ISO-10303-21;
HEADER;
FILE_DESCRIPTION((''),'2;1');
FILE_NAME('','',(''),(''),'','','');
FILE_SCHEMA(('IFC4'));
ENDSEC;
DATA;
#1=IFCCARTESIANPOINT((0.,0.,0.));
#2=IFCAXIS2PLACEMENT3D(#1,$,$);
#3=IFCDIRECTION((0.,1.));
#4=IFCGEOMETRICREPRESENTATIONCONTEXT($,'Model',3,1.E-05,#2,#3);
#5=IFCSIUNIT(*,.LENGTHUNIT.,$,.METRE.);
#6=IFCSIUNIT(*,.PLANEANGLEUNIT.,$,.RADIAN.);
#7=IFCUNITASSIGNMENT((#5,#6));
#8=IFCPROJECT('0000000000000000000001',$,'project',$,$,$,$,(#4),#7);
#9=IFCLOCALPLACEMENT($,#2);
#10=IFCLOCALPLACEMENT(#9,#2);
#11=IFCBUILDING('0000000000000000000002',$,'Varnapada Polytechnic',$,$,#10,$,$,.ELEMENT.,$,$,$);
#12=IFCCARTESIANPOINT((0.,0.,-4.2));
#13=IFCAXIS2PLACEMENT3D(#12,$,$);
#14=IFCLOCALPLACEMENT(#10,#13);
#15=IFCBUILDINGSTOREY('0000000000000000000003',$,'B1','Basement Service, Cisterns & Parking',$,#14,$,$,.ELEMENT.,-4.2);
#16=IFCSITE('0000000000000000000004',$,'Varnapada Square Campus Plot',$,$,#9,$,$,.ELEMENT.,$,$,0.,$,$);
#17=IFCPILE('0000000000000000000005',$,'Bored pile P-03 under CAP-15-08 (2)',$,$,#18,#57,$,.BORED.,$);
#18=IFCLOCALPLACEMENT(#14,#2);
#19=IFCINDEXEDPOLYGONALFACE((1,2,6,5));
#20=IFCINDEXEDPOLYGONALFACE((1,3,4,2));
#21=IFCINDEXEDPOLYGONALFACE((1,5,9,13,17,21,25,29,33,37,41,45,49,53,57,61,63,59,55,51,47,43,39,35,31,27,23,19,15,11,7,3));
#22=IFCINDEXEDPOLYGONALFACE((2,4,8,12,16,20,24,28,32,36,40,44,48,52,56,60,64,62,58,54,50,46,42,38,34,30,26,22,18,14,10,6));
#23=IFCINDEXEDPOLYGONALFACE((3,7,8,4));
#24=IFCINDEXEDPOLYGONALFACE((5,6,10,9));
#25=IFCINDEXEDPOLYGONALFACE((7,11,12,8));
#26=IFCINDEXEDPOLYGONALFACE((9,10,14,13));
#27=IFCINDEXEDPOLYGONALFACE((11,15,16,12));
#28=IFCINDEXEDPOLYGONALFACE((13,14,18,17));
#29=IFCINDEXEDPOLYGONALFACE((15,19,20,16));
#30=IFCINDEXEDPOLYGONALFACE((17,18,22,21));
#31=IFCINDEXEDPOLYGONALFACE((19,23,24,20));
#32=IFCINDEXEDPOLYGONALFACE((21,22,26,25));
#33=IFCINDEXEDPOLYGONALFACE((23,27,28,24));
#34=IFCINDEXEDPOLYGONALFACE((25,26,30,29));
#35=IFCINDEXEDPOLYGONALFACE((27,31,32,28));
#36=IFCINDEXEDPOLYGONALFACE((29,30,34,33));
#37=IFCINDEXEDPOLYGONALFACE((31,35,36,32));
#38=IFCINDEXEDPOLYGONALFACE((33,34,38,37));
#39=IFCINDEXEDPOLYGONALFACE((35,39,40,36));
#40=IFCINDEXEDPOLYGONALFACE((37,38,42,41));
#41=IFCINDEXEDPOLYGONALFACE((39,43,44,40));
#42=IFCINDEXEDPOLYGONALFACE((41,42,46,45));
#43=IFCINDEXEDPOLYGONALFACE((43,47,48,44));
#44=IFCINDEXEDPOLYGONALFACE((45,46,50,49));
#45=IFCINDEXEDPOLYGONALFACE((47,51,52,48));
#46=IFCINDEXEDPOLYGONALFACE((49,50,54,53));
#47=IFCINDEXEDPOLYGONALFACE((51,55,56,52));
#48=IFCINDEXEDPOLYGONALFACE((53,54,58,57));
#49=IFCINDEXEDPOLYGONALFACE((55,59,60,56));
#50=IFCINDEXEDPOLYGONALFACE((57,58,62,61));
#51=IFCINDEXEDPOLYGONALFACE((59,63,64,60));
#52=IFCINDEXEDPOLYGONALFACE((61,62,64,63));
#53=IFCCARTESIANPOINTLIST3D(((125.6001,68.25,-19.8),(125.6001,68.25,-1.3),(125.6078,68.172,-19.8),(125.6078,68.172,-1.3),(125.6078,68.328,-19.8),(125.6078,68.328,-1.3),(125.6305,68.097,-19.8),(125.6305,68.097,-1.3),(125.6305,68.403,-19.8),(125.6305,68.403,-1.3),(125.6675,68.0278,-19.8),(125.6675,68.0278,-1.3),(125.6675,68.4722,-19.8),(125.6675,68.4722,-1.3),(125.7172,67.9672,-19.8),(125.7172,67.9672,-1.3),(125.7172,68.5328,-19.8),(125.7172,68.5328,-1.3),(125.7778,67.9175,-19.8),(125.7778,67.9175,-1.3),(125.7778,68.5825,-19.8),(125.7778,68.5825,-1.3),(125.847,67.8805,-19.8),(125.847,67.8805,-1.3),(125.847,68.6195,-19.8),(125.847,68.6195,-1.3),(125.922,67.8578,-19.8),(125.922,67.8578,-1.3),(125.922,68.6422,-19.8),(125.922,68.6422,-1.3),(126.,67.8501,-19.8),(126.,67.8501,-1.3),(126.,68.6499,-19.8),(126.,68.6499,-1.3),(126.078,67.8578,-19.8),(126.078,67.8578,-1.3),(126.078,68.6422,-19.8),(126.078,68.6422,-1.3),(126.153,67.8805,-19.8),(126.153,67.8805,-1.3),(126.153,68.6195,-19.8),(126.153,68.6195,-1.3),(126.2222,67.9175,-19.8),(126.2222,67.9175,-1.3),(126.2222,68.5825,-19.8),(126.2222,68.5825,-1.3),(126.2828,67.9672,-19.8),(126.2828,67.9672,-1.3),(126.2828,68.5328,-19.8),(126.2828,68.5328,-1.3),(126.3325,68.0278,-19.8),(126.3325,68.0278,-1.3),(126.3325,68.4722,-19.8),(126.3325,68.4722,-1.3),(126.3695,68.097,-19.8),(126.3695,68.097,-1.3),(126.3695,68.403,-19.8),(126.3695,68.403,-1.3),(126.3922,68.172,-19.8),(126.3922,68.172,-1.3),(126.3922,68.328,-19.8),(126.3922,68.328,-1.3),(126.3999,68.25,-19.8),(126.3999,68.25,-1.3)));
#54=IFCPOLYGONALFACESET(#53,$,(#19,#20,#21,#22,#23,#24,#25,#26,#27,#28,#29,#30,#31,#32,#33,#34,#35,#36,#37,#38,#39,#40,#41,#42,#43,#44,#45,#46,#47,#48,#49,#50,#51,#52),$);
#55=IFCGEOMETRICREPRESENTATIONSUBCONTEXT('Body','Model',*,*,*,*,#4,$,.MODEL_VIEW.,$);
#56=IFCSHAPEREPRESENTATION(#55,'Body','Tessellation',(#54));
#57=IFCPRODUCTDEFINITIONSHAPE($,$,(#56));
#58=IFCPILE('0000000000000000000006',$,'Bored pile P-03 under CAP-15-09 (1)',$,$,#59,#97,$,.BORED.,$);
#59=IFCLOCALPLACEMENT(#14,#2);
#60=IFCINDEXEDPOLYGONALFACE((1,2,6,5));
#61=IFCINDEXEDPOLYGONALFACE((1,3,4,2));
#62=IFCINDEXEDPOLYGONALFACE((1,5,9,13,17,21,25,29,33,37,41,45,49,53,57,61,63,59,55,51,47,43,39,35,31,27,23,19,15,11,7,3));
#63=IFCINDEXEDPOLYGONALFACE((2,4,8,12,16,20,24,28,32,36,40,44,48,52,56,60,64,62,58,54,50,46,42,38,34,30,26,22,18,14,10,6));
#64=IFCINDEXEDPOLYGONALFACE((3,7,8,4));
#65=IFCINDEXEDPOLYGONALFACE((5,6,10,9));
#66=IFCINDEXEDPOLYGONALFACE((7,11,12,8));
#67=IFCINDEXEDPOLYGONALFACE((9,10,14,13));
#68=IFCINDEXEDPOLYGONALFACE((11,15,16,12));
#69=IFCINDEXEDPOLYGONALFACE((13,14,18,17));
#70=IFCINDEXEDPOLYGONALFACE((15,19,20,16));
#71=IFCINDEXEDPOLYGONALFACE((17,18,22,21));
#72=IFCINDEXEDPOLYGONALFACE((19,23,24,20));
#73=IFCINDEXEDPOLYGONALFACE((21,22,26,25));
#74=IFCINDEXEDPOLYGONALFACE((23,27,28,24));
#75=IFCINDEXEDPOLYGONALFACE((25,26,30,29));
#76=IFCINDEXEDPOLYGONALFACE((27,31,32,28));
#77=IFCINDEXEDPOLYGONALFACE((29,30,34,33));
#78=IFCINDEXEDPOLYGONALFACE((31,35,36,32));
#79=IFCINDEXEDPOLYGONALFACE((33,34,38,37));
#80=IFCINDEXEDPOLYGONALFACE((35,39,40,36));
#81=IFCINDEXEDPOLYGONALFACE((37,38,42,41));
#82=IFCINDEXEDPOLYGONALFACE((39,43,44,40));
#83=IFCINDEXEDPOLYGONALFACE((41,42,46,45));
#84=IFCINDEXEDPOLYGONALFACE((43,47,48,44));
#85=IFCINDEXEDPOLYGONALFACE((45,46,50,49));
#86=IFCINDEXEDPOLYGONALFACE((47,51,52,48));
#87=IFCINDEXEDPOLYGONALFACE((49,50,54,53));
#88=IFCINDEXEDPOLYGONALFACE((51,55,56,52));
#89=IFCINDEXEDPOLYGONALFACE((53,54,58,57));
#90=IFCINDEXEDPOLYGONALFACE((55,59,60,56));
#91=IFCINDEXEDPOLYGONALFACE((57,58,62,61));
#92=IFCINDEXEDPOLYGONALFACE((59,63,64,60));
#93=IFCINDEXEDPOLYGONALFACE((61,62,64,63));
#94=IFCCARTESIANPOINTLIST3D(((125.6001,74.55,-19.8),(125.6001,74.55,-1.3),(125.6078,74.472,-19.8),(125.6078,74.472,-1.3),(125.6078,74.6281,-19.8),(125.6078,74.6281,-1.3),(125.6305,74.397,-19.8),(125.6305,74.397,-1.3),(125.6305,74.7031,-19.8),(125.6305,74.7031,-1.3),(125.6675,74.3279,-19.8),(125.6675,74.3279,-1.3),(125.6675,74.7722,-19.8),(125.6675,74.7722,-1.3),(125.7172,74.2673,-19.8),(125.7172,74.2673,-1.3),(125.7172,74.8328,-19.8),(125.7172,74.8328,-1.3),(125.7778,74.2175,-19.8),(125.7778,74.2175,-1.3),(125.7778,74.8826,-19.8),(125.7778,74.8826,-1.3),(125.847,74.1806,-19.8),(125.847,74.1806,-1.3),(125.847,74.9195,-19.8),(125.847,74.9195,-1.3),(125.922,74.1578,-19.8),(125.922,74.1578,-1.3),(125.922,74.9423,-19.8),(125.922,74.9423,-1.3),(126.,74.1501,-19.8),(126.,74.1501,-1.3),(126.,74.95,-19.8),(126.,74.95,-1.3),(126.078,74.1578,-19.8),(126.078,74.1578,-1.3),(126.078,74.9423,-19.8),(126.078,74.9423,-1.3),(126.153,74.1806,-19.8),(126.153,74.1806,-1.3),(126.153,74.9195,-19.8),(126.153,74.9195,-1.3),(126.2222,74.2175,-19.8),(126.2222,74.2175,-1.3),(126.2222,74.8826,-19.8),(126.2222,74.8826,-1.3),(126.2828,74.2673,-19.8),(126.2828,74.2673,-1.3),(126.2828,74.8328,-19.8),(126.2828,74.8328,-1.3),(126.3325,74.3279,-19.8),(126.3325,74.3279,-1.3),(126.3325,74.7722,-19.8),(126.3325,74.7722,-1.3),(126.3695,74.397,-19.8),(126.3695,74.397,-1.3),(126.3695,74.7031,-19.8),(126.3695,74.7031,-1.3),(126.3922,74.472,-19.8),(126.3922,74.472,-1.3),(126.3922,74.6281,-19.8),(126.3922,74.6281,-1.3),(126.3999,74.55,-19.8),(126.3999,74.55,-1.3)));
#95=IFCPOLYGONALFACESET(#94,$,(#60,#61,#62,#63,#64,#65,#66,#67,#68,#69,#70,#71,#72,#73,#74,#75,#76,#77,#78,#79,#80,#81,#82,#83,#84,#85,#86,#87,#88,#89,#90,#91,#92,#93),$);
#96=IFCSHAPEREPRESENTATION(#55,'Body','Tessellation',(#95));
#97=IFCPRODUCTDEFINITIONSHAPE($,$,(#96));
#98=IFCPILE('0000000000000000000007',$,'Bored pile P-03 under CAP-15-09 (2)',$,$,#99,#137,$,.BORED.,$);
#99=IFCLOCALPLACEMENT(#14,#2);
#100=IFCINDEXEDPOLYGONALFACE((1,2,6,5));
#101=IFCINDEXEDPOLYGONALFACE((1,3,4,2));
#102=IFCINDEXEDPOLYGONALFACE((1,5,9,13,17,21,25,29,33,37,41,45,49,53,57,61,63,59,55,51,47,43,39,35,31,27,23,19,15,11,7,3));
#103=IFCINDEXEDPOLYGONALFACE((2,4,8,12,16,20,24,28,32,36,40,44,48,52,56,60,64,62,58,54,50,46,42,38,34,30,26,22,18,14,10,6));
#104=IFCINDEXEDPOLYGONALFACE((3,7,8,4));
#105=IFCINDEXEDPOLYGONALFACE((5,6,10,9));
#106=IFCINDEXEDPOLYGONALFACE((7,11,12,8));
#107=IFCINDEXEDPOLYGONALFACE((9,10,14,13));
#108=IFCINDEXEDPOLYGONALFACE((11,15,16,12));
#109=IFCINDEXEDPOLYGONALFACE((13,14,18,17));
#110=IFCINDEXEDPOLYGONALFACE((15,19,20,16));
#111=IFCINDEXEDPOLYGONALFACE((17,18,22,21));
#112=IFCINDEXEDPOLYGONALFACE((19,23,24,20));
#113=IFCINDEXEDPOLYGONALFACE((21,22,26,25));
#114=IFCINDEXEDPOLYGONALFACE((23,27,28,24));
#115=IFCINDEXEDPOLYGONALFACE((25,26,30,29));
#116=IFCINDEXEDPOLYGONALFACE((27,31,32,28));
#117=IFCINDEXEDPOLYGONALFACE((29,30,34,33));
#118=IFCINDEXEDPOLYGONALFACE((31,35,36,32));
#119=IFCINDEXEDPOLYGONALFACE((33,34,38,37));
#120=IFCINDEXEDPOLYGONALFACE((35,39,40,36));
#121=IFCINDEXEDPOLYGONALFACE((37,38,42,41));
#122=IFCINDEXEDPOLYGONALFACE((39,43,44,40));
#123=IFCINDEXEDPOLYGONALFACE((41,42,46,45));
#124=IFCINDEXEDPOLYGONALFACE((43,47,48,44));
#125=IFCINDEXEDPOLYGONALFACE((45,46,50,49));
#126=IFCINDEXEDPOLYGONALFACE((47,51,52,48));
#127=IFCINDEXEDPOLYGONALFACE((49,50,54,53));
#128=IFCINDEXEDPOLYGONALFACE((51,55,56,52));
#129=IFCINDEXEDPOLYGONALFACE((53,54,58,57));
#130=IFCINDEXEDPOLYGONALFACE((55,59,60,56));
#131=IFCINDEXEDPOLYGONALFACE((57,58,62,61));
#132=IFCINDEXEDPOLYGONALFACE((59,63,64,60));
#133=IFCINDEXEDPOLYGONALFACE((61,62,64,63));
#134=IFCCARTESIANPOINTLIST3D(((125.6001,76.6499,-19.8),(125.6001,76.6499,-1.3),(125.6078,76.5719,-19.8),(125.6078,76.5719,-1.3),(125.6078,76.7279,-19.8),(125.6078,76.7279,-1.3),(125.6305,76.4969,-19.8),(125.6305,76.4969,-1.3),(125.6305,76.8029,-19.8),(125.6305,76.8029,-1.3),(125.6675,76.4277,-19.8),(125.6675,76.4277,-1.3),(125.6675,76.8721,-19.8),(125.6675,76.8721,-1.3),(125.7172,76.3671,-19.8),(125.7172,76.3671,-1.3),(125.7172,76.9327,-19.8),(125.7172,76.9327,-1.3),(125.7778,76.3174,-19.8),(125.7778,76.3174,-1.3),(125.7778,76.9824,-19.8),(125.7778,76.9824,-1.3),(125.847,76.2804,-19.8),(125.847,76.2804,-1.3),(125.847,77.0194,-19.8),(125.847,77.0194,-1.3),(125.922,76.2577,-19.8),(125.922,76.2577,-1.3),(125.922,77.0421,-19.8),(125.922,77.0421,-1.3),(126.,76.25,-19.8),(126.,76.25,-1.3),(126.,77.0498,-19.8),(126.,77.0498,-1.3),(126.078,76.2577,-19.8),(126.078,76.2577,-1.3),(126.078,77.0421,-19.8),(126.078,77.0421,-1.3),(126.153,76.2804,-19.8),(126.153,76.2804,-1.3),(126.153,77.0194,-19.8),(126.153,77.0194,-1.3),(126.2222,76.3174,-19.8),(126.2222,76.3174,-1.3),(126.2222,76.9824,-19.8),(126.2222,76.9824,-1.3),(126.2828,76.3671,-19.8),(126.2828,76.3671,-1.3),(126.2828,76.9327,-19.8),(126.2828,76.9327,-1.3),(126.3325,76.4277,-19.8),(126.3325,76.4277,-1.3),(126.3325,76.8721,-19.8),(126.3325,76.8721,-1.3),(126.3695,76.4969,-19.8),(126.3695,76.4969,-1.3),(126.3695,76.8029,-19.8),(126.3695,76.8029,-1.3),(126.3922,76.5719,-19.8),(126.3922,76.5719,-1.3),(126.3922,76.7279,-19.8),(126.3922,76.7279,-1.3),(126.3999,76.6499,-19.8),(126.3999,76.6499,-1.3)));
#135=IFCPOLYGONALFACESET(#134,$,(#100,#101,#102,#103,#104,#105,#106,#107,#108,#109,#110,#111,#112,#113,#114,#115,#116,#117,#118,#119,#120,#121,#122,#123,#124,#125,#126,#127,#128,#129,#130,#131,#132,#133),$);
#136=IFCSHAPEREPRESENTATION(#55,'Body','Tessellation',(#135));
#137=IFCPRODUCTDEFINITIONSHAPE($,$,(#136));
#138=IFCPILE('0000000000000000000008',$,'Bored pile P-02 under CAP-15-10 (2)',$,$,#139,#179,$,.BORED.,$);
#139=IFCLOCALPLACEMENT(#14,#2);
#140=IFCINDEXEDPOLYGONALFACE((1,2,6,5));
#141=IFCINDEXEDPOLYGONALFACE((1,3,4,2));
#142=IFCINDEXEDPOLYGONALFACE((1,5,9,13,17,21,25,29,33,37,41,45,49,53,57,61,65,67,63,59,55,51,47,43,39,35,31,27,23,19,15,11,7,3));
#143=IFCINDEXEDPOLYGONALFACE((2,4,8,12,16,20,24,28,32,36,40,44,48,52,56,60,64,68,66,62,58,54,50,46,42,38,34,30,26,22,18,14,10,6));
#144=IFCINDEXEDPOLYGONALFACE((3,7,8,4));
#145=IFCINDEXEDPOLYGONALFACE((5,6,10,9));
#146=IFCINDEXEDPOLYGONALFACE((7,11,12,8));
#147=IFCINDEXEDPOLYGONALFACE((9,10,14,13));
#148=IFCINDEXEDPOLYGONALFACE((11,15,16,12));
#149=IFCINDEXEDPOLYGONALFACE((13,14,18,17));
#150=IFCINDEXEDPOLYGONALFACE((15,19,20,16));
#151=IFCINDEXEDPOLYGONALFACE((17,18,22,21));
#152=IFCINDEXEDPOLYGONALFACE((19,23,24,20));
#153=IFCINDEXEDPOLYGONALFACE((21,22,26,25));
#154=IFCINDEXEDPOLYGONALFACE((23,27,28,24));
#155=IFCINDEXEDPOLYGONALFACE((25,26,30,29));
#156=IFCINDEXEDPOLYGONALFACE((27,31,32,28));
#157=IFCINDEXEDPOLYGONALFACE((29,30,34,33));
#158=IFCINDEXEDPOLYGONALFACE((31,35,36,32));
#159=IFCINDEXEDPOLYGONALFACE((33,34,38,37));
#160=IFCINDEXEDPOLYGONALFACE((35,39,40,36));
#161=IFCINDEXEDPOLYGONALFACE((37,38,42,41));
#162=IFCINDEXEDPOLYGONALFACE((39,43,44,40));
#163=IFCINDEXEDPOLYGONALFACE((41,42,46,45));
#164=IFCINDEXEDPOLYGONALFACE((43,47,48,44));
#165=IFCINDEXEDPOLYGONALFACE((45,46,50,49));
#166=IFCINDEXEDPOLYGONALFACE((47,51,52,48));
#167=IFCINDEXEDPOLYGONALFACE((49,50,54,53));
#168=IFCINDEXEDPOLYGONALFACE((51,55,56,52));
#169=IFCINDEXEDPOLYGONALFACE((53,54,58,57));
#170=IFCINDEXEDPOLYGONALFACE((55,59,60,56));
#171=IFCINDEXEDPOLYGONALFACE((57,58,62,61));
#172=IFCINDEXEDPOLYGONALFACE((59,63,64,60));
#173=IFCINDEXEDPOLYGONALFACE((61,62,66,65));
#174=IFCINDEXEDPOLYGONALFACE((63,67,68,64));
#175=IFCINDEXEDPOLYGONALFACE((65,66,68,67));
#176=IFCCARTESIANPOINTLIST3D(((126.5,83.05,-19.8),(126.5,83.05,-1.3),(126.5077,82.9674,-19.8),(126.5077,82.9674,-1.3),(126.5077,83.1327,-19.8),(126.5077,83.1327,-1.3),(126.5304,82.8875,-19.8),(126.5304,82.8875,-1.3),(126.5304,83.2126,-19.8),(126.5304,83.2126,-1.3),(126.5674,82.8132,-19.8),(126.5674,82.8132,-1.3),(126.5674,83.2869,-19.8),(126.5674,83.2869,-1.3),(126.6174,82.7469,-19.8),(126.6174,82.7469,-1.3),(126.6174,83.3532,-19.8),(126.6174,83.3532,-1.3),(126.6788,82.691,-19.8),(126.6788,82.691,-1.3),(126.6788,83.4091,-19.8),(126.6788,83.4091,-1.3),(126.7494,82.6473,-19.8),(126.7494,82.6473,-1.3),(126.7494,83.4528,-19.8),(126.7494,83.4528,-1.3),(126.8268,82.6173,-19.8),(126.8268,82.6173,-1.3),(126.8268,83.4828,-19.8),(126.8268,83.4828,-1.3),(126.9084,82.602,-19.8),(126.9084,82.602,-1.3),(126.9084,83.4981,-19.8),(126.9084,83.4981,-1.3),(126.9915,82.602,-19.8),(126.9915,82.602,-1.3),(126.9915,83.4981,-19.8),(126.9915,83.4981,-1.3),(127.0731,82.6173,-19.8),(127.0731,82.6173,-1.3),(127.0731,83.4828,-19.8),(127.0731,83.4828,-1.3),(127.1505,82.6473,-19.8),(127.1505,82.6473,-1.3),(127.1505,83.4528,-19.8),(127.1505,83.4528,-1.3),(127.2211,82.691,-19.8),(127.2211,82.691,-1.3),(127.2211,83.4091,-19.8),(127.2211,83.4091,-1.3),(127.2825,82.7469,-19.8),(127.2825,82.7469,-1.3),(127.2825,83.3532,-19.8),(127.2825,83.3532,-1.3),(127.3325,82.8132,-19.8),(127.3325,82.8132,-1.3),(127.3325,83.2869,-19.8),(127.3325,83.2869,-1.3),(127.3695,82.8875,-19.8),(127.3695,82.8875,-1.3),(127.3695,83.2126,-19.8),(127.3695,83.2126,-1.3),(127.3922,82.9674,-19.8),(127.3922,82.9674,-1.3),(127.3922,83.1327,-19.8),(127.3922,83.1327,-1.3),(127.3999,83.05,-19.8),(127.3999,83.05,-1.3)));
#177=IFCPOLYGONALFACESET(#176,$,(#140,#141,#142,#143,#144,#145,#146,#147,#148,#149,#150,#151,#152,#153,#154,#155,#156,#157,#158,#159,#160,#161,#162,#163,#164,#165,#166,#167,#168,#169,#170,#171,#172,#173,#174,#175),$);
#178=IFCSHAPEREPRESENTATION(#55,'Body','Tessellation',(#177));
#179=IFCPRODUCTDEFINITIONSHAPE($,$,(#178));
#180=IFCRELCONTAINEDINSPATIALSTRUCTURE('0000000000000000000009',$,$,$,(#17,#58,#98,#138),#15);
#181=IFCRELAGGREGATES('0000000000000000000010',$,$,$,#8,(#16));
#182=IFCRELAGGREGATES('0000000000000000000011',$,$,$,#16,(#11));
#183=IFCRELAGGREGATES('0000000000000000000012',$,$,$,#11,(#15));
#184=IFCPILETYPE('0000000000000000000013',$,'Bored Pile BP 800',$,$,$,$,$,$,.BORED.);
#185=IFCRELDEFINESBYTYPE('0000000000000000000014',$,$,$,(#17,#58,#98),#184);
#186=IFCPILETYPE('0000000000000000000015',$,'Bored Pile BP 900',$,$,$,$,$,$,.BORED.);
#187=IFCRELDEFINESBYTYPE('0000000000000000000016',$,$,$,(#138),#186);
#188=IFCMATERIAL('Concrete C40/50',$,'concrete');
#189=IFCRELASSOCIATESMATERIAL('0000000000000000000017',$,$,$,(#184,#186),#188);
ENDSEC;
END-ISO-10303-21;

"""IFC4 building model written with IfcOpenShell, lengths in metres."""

from ifc_helpers import new_model, si_unit, direction, frame, origin, origin_2d, place, context, subcontext, project, spatial, circle, extrude, material, material_profile, profile_set, type_object, element, save


model = new_model("IFC4")

# Units and contexts
model_context = context("Model", 3, precision=1e-05, world=origin(), true_north=direction((0.0, 1.0)))
body_context = subcontext(model_context, "Body", "Model", "MODEL_VIEW")
ifc_project = project(units=[si_unit("LENGTHUNIT", "METRE"), si_unit("PLANEANGLEUNIT", "RADIAN")], contexts=[model_context])

# Site, building, storey
site_placement = place(None, origin())
site = spatial("IfcSite", under=ifc_project, at=site_placement, Name="Varnapada Square Campus Plot", CompositionType="ELEMENT", RefElevation=0.0)
building_placement = place(site_placement, origin())
building = spatial("IfcBuilding", under=site, at=building_placement, Name="Varnapada Polytechnic", CompositionType="ELEMENT")
storey_placement = place(building_placement, frame((0.0, 0.0, -4.2)))
storey = spatial("IfcBuildingStorey", under=building, at=storey_placement, Name="B1", Description="Basement Service, Cisterns & Parking", CompositionType="ELEMENT", Elevation=-4.2)

# Piles
ifc_material_1 = material(Name="Concrete C40/50", Category="concrete")
ifc_material_profile_1 = material_profile(ifc_material_1, circle(Radius=0.3999, at=origin_2d()), Name="BP 800")
ifc_profile_set_1 = profile_set([ifc_material_profile_1], Name="Concrete C40/50")
pile_type_1 = type_object("IfcPileType", Name="Bored Pile BP 800", PredefinedType="BORED", material=ifc_profile_set_1)
for number, where, z_axis, x_axis, name in (
    (1, (126.0, 68.25, -1.3), (0.0, 0.0, -1.0), (1.0, 0.0, 0.0), "Bored pile P-03 under CAP-15-08 (2)"),
    (2, (126.0, 74.55, -1.3), (0.0, 0.0, -1.0), (1.0, 0.0, 0.0), "Bored pile P-03 under CAP-15-09 (1)"),
    (3, (126.0, 76.6499, -1.3), (0.0, 0.0, -1.0), (1.0, 0.0, 0.0), "Bored pile P-03 under CAP-15-09 (2)"),
):
    element("IfcPile", number, at=place(storey_placement, frame(where, z_axis=z_axis, x_axis=x_axis)), inside=storey, type_object=pile_type_1, Name=name, PredefinedType="BORED", context=body_context, shape_type="SweptSolid", body=[
        extrude(circle(Radius=0.3999, at=origin_2d()), origin(), (0.0, 0.0, 1.0), 18.5),
    ])
ifc_material_profile_2 = material_profile(ifc_material_1, circle(Radius=0.45, at=origin_2d()), Name="BP 900")
ifc_profile_set_2 = profile_set([ifc_material_profile_2], Name="Concrete C40/50")
pile_type_2 = type_object("IfcPileType", Name="Bored Pile BP 900", PredefinedType="BORED", material=ifc_profile_set_2)
for number, where, z_axis, x_axis, name in (
    (4, (126.95, 83.05, -1.3), (0.0, 0.0, -1.0), (1.0, 0.0, 0.0), "Bored pile P-02 under CAP-15-10 (2)"),
):
    element("IfcPile", number, at=place(storey_placement, frame(where, z_axis=z_axis, x_axis=x_axis)), inside=storey, type_object=pile_type_2, Name=name, PredefinedType="BORED", context=body_context, shape_type="SweptSolid", body=[
        extrude(circle(Radius=0.45, at=origin_2d()), origin(), (0.0, 0.0, 1.0), 18.5),
    ])

save(model, "model.ifc")
